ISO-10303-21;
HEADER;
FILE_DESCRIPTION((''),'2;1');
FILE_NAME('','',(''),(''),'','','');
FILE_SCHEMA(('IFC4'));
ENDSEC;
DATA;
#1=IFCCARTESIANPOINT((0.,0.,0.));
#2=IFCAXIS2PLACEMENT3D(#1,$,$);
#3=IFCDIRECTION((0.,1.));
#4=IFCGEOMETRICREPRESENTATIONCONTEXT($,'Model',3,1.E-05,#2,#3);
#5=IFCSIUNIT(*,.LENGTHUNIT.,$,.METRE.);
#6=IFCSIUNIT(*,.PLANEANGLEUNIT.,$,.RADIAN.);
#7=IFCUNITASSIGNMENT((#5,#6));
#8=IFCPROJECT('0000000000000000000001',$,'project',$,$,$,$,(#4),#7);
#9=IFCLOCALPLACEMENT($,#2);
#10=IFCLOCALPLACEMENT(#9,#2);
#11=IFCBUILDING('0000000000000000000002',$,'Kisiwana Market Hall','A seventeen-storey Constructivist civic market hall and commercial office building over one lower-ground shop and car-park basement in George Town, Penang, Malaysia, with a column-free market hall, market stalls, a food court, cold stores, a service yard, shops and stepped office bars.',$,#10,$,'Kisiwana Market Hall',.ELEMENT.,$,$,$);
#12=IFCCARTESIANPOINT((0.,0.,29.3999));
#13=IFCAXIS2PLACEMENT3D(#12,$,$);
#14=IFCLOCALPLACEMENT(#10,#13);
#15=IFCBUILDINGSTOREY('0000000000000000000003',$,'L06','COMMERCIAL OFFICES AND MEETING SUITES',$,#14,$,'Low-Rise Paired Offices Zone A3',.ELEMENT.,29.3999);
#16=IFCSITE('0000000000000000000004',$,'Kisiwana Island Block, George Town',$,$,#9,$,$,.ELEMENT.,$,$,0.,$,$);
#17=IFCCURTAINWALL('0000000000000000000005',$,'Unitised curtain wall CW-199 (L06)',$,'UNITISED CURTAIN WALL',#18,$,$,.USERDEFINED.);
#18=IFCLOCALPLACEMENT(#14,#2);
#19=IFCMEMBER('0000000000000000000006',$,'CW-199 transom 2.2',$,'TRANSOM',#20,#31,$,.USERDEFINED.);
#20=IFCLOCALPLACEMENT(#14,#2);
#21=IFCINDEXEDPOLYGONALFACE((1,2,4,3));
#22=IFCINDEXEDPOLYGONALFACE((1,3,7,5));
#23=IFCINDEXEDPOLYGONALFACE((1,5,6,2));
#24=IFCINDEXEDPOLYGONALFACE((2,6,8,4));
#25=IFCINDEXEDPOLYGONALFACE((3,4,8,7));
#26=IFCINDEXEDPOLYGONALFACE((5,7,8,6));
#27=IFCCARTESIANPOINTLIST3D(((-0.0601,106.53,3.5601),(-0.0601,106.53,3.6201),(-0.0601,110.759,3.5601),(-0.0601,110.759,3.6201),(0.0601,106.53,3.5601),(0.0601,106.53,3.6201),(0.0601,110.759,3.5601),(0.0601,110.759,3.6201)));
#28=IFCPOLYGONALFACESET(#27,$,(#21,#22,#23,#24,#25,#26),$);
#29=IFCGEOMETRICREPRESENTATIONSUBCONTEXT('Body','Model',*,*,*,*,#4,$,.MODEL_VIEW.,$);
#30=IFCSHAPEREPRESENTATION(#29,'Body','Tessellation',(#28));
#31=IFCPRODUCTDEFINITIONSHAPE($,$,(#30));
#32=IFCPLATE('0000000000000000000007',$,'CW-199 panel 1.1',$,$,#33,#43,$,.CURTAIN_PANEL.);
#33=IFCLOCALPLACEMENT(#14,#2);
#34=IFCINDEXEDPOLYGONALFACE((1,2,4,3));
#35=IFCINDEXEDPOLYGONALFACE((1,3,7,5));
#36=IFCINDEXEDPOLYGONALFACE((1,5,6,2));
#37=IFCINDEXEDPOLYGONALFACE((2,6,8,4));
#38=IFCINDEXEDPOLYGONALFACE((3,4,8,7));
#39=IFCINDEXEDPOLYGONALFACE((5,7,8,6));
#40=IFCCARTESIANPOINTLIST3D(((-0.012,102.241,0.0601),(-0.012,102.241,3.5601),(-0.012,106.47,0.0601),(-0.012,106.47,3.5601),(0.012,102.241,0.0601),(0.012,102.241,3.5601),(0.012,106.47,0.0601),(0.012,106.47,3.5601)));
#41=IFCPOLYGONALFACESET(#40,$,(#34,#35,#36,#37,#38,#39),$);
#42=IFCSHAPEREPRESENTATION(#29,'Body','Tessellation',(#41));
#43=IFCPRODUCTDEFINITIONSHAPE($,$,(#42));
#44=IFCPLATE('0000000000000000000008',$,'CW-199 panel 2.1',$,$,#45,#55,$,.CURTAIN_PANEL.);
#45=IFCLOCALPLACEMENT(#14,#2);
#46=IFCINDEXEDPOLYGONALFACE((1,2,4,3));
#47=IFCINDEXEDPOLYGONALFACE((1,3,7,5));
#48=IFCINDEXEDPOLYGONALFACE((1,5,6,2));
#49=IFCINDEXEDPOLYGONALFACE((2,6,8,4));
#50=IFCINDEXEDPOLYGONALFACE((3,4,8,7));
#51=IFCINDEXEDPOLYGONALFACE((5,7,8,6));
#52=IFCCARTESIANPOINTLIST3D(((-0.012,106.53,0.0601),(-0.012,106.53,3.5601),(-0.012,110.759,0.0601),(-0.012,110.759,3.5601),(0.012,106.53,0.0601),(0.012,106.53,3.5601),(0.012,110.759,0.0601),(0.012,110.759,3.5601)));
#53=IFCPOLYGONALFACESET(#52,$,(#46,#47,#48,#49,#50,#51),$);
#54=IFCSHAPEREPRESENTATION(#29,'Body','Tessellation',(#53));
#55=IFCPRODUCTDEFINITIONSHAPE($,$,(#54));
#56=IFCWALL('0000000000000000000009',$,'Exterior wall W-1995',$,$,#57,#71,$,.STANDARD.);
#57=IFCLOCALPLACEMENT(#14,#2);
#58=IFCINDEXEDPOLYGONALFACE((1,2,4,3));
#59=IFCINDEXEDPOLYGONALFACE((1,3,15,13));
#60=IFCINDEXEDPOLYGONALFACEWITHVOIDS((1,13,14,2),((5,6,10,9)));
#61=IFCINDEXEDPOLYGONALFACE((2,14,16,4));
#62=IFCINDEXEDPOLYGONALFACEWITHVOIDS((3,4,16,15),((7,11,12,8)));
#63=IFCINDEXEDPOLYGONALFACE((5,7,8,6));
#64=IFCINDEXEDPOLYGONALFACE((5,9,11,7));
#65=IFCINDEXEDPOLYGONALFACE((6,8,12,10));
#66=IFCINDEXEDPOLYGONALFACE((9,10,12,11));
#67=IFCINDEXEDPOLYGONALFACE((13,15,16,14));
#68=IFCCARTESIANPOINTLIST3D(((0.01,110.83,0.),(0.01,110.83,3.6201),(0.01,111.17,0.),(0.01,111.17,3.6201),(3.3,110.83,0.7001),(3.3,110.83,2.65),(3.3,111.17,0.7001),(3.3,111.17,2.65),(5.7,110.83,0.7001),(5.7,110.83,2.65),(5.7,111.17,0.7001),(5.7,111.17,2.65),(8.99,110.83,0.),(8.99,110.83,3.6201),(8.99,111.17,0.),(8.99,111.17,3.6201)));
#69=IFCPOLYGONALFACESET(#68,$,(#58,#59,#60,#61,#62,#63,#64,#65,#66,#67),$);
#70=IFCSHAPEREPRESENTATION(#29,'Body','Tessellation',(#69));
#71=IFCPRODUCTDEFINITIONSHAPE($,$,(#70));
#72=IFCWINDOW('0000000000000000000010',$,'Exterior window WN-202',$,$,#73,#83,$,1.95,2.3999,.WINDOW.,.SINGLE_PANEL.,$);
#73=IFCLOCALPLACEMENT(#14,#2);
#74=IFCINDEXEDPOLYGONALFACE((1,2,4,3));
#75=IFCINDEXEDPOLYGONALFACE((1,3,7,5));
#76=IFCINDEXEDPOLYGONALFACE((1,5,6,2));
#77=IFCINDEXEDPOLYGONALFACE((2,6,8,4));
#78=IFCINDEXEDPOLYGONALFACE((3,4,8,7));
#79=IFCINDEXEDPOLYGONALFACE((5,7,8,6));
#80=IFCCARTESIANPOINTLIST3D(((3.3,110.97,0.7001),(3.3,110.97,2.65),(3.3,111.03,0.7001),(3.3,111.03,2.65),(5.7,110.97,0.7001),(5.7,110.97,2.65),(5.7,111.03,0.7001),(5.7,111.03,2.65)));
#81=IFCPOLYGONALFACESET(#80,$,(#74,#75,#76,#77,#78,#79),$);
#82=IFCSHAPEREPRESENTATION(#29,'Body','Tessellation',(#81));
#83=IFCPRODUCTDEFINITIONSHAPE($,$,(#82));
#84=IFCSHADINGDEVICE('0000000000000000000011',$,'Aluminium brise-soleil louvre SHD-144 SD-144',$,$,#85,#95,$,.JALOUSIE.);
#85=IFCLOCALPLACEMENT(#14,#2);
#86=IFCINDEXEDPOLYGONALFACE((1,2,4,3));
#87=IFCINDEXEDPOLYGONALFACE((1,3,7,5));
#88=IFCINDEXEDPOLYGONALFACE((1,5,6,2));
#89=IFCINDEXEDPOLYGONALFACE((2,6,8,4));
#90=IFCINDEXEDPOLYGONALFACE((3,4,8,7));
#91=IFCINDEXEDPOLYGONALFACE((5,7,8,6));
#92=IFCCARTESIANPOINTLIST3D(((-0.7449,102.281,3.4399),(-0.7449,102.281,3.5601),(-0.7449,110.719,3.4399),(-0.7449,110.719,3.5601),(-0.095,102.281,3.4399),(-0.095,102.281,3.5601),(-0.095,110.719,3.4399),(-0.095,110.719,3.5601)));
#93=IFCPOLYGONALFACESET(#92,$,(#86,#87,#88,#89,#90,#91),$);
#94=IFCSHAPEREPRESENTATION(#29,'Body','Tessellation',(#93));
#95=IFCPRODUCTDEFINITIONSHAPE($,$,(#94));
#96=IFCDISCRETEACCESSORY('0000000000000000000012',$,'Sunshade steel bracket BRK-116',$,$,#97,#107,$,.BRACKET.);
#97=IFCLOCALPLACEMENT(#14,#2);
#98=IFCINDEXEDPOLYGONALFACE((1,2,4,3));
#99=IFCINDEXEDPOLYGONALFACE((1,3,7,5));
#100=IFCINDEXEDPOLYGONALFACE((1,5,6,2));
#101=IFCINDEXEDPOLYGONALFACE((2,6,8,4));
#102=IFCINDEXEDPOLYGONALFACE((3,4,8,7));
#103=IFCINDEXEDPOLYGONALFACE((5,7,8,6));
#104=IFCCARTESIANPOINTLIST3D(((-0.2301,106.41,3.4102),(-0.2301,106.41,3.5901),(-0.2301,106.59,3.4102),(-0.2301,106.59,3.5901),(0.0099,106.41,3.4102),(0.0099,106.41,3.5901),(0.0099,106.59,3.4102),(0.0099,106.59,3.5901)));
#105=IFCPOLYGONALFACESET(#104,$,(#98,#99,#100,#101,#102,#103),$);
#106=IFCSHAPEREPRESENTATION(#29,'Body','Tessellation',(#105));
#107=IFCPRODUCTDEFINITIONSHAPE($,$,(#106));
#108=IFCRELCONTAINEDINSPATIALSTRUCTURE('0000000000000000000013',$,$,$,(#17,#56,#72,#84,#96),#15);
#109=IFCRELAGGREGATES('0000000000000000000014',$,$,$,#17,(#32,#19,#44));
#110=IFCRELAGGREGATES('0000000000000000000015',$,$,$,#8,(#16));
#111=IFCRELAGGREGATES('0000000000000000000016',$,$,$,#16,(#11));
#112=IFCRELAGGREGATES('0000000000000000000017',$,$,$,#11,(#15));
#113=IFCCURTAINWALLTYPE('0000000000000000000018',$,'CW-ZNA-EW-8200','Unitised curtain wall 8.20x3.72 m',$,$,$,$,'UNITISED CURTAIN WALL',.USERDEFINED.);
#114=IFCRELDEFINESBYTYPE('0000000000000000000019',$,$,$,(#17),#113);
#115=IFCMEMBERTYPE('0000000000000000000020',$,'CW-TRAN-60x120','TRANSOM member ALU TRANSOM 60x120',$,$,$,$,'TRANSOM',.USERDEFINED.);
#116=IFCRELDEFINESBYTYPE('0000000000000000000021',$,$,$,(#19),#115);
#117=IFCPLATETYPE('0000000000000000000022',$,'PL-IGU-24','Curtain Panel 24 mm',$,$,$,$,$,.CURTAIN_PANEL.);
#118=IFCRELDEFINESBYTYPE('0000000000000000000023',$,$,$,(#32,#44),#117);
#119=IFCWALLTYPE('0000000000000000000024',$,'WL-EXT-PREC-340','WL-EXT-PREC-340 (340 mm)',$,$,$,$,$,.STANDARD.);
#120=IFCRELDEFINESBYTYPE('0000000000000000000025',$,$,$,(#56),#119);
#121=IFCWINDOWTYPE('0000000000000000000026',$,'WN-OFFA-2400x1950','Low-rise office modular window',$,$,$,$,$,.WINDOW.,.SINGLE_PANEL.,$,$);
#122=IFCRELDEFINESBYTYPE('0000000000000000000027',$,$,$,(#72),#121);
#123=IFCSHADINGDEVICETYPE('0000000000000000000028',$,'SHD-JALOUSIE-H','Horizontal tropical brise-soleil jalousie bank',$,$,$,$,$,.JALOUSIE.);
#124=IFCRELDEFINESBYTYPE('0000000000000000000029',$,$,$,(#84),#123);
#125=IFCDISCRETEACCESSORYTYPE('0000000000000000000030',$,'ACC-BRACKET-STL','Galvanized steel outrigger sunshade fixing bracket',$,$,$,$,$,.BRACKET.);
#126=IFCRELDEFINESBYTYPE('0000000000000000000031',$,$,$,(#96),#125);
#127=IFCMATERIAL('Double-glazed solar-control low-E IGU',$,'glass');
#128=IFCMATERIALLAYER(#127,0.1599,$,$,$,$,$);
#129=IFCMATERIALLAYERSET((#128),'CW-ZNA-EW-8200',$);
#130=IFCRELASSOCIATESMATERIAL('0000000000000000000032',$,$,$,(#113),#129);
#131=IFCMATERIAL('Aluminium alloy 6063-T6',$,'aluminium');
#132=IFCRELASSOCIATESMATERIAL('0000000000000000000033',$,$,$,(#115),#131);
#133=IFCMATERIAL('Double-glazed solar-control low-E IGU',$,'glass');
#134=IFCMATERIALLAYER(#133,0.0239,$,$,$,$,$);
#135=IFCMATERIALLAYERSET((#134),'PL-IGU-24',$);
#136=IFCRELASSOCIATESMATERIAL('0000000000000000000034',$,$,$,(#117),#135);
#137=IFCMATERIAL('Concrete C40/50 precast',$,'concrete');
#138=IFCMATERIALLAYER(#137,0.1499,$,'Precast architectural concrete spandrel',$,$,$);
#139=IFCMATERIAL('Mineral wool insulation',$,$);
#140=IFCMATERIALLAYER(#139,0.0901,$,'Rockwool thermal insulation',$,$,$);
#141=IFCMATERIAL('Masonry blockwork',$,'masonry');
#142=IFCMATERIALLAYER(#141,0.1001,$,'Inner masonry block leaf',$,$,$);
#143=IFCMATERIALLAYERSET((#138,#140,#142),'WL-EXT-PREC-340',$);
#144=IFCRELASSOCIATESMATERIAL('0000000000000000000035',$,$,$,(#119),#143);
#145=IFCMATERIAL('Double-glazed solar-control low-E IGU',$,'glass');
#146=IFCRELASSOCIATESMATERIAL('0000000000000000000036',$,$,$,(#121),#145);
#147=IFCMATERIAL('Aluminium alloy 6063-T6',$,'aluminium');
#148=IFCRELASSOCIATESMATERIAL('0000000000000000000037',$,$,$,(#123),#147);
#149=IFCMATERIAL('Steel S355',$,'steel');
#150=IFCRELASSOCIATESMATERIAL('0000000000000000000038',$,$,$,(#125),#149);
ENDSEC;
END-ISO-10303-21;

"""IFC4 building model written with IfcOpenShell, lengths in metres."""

from ifc_helpers import new_model, si_unit, direction, frame, frame_2d, origin, origin_2d, place, context, subcontext, project, spatial, rectangle, extrude, material, layer, layer_set, material_profile, profile_set, type_object, element, fill, aggregate, save


model = new_model("IFC4")

# Units and contexts
model_context = context("Model", 3, precision=1e-05, world=origin(), true_north=direction((0.0, 1.0)))
body_context = subcontext(model_context, "Body", "Model", "MODEL_VIEW")
ifc_project = project(units=[si_unit("LENGTHUNIT", "METRE"), si_unit("PLANEANGLEUNIT", "RADIAN")], contexts=[model_context])

# Site, building, storey
site_placement = place(None, origin())
site = spatial("IfcSite", under=ifc_project, at=site_placement, Name="Kisiwana Island Block, George Town", CompositionType="ELEMENT", RefElevation=0.0)
building_placement = place(site_placement, origin())
building = spatial("IfcBuilding", under=site, at=building_placement, Name="Kisiwana Market Hall", Description="A seventeen-storey Constructivist civic market hall and commercial office building over one lower-ground shop and car-park basement in George Town, Penang, Malaysia, with a column-free market hall, market stalls, a food court, cold stores, a service yard, shops and stepped office bars.", LongName="Kisiwana Market Hall", CompositionType="ELEMENT")
storey_placement = place(building_placement, frame((0.0, 0.0, 29.3999)))
storey = spatial("IfcBuildingStorey", under=building, at=storey_placement, Name="L06", Description="COMMERCIAL OFFICES AND MEETING SUITES", LongName="Low-Rise Paired Offices Zone A3", CompositionType="ELEMENT", Elevation=29.3999)

# Curtain wall, member, plates
ifc_material_1 = material(Name="Double-glazed solar-control low-E IGU", Category="glass")
ifc_layer_1 = layer(ifc_material_1, 0.1599)
ifc_layer_set_1 = layer_set([ifc_layer_1], Name="CW-ZNA-EW-8200")
curtain_wall_type = type_object("IfcCurtainWallType", Name="CW-ZNA-EW-8200", Description="Unitised curtain wall 8.20x3.72 m", ElementType="UNITISED CURTAIN WALL", PredefinedType="USERDEFINED", material=ifc_layer_set_1)
curtain_wall_placement = place(storey_placement, origin())
curtain_wall = element("IfcCurtainWall", 1, at=curtain_wall_placement, inside=storey, type_object=curtain_wall_type, Name="Unitised curtain wall CW-199 (L06)", ObjectType="UNITISED CURTAIN WALL", PredefinedType="USERDEFINED")
ifc_material_2 = material(Name="Aluminium alloy 6063-T6", Category="aluminium")
ifc_material_profile_1 = material_profile(ifc_material_2, rectangle(XDim=0.1201, YDim=0.0601, at=origin_2d()), Name="ALU TRANSOM 60x120")
ifc_profile_set_1 = profile_set([ifc_material_profile_1], Name="Aluminium alloy 6063-T6")
member_type_1 = type_object("IfcMemberType", Name="CW-TRAN-60x120", Description="TRANSOM member ALU TRANSOM 60x120", ElementType="TRANSOM", PredefinedType="USERDEFINED", material=ifc_profile_set_1)
member_1_placement = place(storey_placement, frame((0.0, 106.53, 3.5901), z_axis=(0.0, 1.0, 0.0), x_axis=(-1.0, 0.0, 0.0)))
member_1 = element("IfcMember", 2, at=member_1_placement, type_object=member_type_1, Name="CW-199 transom 2.2", ObjectType="TRANSOM", PredefinedType="USERDEFINED", context=body_context, shape_type="SweptSolid", body=[
    extrude(rectangle(XDim=0.1201, YDim=0.0601, at=origin_2d()), origin(), (0.0, 0.0, 1.0), 4.229),
])
ifc_material_3 = material(Name="Double-glazed solar-control low-E IGU", Category="glass")
ifc_layer_2 = layer(ifc_material_3, 0.0239)
ifc_layer_set_2 = layer_set([ifc_layer_2], Name="PL-IGU-24")
plate_type = type_object("IfcPlateType", Name="PL-IGU-24", Description="Curtain Panel 24 mm", PredefinedType="CURTAIN_PANEL", material=ifc_layer_set_2)
plate_1_placement = place(storey_placement, frame((0.0, 104.3555, 0.0601), z_axis=(0.0, 0.0, 1.0), x_axis=(0.0, 1.0, 0.0)))
plate_1 = element("IfcPlate", 3, at=plate_1_placement, type_object=plate_type, Name="CW-199 panel 1.1", PredefinedType="CURTAIN_PANEL", context=body_context, shape_type="SweptSolid", body=[
    extrude(rectangle(XDim=4.229, YDim=0.0239, at=origin_2d()), origin(), (0.0, 0.0, 1.0), 3.5),
])
plate_2_placement = place(storey_placement, frame((0.0, 108.6445, 0.0601), z_axis=(0.0, 0.0, 1.0), x_axis=(0.0, 1.0, 0.0)))
plate_2 = element("IfcPlate", 4, at=plate_2_placement, type_object=plate_type, Name="CW-199 panel 2.1", PredefinedType="CURTAIN_PANEL", context=body_context, shape_type="SweptSolid", body=[
    extrude(rectangle(XDim=4.229, YDim=0.0239, at=origin_2d()), origin(), (0.0, 0.0, 1.0), 3.5),
])
aggregate(curtain_wall, [plate_1, member_1, plate_2])

# Wall, opening, window
ifc_material_4 = material(Name="Concrete C40/50 precast", Category="concrete")
ifc_layer_3 = layer(ifc_material_4, 0.1499, Name="Precast architectural concrete spandrel")
ifc_material_5 = material(Name="Mineral wool insulation")
ifc_layer_4 = layer(ifc_material_5, 0.0901, Name="Rockwool thermal insulation")
ifc_material_6 = material(Name="Masonry blockwork", Category="masonry")
ifc_layer_5 = layer(ifc_material_6, 0.1001, Name="Inner masonry block leaf")
ifc_layer_set_3 = layer_set([ifc_layer_3, ifc_layer_4, ifc_layer_5], Name="WL-EXT-PREC-340")
wall_type = type_object("IfcWallType", Name="WL-EXT-PREC-340", Description="WL-EXT-PREC-340 (340 mm)", PredefinedType="STANDARD", material=ifc_layer_set_3)
wall_placement = place(storey_placement, frame((0.01, 111.0, 0.0), z_axis=(0.0, 0.0, 1.0), x_axis=(1.0, 0.0, 0.0)))
wall = element("IfcWall", 5, at=wall_placement, inside=storey, type_object=wall_type, Name="Exterior wall W-1995", PredefinedType="STANDARD", context=body_context, shape_type="SweptSolid", body=[
    extrude(rectangle(XDim=8.98, YDim=0.3401, at=frame_2d((4.49, 0.0))), origin(), (0.0, 0.0, 1.0), 3.6201),
])
opening_placement = place(wall_placement, frame((3.29, 0.0, 0.7)))
opening = element("IfcOpeningElement", 6, at=opening_placement, cuts=wall, PredefinedType="OPENING", context=body_context, shape_type="SweptSolid", body=[
    extrude(rectangle(XDim=2.3999, YDim=1.95, at=frame_2d((1.2, 0.9751))), frame((0.0, 0.1821, 0.0), z_axis=(0.0, -1.0, 0.0), x_axis=(1.0, 0.0, 0.0)), (0.0, 0.0, 1.0), 0.364),
])
ifc_material_7 = material(Name="Double-glazed solar-control low-E IGU", Category="glass")
window_type = type_object("IfcWindowType", Name="WN-OFFA-2400x1950", Description="Low-rise office modular window", PartitioningType="SINGLE_PANEL", PredefinedType="WINDOW", material=ifc_material_7)
window_placement = place(opening_placement, origin())
window = element("IfcWindow", 7, at=window_placement, inside=storey, type_object=window_type, Name="Exterior window WN-202", OverallHeight=1.95, OverallWidth=2.3999, PartitioningType="SINGLE_PANEL", PredefinedType="WINDOW", context=body_context, shape_type="SweptSolid", body=[
    extrude(rectangle(XDim=2.3999, YDim=1.95, at=frame_2d((1.2, 0.9751))), frame((0.0, 0.03, 0.0), z_axis=(0.0, -1.0, 0.0), x_axis=(1.0, 0.0, 0.0)), (0.0, 0.0, 1.0), 0.0601),
])
fill(opening, window)

# Shading device
ifc_material_8 = material(Name="Aluminium alloy 6063-T6", Category="aluminium")
shading_device_type = type_object("IfcShadingDeviceType", Name="SHD-JALOUSIE-H", Description="Horizontal tropical brise-soleil jalousie bank", PredefinedType="JALOUSIE", material=ifc_material_8)
shading_device_placement = place(storey_placement, frame((-0.4199, 106.5, 3.4399), z_axis=(0.0, 0.0, 1.0), x_axis=(0.0, 1.0, 0.0)))
element("IfcShadingDevice", 8, at=shading_device_placement, inside=storey, type_object=shading_device_type, Name="Aluminium brise-soleil louvre SHD-144 SD-144", PredefinedType="JALOUSIE", context=body_context, shape_type="SweptSolid", body=[
    extrude(rectangle(XDim=8.438, YDim=0.6499, at=origin_2d()), origin(), (0.0, 0.0, 1.0), 0.1201),
])

# Discrete accessory
ifc_material_9 = material(Name="Steel S355", Category="steel")
discrete_accessory_type = type_object("IfcDiscreteAccessoryType", Name="ACC-BRACKET-STL", Description="Galvanized steel outrigger sunshade fixing bracket", PredefinedType="BRACKET", material=ifc_material_9)
discrete_accessory_placement = place(storey_placement, frame((-0.1101, 106.5, 3.4102), z_axis=(0.0, 0.0, 1.0), x_axis=(0.0, 1.0, 0.0)))
element("IfcDiscreteAccessory", 9, at=discrete_accessory_placement, inside=storey, type_object=discrete_accessory_type, Name="Sunshade steel bracket BRK-116", PredefinedType="BRACKET", context=body_context, shape_type="SweptSolid", body=[
    extrude(rectangle(XDim=0.1799, YDim=0.24, at=origin_2d()), origin(), (0.0, 0.0, 1.0), 0.1799),
])

save(model, "model.ifc")
